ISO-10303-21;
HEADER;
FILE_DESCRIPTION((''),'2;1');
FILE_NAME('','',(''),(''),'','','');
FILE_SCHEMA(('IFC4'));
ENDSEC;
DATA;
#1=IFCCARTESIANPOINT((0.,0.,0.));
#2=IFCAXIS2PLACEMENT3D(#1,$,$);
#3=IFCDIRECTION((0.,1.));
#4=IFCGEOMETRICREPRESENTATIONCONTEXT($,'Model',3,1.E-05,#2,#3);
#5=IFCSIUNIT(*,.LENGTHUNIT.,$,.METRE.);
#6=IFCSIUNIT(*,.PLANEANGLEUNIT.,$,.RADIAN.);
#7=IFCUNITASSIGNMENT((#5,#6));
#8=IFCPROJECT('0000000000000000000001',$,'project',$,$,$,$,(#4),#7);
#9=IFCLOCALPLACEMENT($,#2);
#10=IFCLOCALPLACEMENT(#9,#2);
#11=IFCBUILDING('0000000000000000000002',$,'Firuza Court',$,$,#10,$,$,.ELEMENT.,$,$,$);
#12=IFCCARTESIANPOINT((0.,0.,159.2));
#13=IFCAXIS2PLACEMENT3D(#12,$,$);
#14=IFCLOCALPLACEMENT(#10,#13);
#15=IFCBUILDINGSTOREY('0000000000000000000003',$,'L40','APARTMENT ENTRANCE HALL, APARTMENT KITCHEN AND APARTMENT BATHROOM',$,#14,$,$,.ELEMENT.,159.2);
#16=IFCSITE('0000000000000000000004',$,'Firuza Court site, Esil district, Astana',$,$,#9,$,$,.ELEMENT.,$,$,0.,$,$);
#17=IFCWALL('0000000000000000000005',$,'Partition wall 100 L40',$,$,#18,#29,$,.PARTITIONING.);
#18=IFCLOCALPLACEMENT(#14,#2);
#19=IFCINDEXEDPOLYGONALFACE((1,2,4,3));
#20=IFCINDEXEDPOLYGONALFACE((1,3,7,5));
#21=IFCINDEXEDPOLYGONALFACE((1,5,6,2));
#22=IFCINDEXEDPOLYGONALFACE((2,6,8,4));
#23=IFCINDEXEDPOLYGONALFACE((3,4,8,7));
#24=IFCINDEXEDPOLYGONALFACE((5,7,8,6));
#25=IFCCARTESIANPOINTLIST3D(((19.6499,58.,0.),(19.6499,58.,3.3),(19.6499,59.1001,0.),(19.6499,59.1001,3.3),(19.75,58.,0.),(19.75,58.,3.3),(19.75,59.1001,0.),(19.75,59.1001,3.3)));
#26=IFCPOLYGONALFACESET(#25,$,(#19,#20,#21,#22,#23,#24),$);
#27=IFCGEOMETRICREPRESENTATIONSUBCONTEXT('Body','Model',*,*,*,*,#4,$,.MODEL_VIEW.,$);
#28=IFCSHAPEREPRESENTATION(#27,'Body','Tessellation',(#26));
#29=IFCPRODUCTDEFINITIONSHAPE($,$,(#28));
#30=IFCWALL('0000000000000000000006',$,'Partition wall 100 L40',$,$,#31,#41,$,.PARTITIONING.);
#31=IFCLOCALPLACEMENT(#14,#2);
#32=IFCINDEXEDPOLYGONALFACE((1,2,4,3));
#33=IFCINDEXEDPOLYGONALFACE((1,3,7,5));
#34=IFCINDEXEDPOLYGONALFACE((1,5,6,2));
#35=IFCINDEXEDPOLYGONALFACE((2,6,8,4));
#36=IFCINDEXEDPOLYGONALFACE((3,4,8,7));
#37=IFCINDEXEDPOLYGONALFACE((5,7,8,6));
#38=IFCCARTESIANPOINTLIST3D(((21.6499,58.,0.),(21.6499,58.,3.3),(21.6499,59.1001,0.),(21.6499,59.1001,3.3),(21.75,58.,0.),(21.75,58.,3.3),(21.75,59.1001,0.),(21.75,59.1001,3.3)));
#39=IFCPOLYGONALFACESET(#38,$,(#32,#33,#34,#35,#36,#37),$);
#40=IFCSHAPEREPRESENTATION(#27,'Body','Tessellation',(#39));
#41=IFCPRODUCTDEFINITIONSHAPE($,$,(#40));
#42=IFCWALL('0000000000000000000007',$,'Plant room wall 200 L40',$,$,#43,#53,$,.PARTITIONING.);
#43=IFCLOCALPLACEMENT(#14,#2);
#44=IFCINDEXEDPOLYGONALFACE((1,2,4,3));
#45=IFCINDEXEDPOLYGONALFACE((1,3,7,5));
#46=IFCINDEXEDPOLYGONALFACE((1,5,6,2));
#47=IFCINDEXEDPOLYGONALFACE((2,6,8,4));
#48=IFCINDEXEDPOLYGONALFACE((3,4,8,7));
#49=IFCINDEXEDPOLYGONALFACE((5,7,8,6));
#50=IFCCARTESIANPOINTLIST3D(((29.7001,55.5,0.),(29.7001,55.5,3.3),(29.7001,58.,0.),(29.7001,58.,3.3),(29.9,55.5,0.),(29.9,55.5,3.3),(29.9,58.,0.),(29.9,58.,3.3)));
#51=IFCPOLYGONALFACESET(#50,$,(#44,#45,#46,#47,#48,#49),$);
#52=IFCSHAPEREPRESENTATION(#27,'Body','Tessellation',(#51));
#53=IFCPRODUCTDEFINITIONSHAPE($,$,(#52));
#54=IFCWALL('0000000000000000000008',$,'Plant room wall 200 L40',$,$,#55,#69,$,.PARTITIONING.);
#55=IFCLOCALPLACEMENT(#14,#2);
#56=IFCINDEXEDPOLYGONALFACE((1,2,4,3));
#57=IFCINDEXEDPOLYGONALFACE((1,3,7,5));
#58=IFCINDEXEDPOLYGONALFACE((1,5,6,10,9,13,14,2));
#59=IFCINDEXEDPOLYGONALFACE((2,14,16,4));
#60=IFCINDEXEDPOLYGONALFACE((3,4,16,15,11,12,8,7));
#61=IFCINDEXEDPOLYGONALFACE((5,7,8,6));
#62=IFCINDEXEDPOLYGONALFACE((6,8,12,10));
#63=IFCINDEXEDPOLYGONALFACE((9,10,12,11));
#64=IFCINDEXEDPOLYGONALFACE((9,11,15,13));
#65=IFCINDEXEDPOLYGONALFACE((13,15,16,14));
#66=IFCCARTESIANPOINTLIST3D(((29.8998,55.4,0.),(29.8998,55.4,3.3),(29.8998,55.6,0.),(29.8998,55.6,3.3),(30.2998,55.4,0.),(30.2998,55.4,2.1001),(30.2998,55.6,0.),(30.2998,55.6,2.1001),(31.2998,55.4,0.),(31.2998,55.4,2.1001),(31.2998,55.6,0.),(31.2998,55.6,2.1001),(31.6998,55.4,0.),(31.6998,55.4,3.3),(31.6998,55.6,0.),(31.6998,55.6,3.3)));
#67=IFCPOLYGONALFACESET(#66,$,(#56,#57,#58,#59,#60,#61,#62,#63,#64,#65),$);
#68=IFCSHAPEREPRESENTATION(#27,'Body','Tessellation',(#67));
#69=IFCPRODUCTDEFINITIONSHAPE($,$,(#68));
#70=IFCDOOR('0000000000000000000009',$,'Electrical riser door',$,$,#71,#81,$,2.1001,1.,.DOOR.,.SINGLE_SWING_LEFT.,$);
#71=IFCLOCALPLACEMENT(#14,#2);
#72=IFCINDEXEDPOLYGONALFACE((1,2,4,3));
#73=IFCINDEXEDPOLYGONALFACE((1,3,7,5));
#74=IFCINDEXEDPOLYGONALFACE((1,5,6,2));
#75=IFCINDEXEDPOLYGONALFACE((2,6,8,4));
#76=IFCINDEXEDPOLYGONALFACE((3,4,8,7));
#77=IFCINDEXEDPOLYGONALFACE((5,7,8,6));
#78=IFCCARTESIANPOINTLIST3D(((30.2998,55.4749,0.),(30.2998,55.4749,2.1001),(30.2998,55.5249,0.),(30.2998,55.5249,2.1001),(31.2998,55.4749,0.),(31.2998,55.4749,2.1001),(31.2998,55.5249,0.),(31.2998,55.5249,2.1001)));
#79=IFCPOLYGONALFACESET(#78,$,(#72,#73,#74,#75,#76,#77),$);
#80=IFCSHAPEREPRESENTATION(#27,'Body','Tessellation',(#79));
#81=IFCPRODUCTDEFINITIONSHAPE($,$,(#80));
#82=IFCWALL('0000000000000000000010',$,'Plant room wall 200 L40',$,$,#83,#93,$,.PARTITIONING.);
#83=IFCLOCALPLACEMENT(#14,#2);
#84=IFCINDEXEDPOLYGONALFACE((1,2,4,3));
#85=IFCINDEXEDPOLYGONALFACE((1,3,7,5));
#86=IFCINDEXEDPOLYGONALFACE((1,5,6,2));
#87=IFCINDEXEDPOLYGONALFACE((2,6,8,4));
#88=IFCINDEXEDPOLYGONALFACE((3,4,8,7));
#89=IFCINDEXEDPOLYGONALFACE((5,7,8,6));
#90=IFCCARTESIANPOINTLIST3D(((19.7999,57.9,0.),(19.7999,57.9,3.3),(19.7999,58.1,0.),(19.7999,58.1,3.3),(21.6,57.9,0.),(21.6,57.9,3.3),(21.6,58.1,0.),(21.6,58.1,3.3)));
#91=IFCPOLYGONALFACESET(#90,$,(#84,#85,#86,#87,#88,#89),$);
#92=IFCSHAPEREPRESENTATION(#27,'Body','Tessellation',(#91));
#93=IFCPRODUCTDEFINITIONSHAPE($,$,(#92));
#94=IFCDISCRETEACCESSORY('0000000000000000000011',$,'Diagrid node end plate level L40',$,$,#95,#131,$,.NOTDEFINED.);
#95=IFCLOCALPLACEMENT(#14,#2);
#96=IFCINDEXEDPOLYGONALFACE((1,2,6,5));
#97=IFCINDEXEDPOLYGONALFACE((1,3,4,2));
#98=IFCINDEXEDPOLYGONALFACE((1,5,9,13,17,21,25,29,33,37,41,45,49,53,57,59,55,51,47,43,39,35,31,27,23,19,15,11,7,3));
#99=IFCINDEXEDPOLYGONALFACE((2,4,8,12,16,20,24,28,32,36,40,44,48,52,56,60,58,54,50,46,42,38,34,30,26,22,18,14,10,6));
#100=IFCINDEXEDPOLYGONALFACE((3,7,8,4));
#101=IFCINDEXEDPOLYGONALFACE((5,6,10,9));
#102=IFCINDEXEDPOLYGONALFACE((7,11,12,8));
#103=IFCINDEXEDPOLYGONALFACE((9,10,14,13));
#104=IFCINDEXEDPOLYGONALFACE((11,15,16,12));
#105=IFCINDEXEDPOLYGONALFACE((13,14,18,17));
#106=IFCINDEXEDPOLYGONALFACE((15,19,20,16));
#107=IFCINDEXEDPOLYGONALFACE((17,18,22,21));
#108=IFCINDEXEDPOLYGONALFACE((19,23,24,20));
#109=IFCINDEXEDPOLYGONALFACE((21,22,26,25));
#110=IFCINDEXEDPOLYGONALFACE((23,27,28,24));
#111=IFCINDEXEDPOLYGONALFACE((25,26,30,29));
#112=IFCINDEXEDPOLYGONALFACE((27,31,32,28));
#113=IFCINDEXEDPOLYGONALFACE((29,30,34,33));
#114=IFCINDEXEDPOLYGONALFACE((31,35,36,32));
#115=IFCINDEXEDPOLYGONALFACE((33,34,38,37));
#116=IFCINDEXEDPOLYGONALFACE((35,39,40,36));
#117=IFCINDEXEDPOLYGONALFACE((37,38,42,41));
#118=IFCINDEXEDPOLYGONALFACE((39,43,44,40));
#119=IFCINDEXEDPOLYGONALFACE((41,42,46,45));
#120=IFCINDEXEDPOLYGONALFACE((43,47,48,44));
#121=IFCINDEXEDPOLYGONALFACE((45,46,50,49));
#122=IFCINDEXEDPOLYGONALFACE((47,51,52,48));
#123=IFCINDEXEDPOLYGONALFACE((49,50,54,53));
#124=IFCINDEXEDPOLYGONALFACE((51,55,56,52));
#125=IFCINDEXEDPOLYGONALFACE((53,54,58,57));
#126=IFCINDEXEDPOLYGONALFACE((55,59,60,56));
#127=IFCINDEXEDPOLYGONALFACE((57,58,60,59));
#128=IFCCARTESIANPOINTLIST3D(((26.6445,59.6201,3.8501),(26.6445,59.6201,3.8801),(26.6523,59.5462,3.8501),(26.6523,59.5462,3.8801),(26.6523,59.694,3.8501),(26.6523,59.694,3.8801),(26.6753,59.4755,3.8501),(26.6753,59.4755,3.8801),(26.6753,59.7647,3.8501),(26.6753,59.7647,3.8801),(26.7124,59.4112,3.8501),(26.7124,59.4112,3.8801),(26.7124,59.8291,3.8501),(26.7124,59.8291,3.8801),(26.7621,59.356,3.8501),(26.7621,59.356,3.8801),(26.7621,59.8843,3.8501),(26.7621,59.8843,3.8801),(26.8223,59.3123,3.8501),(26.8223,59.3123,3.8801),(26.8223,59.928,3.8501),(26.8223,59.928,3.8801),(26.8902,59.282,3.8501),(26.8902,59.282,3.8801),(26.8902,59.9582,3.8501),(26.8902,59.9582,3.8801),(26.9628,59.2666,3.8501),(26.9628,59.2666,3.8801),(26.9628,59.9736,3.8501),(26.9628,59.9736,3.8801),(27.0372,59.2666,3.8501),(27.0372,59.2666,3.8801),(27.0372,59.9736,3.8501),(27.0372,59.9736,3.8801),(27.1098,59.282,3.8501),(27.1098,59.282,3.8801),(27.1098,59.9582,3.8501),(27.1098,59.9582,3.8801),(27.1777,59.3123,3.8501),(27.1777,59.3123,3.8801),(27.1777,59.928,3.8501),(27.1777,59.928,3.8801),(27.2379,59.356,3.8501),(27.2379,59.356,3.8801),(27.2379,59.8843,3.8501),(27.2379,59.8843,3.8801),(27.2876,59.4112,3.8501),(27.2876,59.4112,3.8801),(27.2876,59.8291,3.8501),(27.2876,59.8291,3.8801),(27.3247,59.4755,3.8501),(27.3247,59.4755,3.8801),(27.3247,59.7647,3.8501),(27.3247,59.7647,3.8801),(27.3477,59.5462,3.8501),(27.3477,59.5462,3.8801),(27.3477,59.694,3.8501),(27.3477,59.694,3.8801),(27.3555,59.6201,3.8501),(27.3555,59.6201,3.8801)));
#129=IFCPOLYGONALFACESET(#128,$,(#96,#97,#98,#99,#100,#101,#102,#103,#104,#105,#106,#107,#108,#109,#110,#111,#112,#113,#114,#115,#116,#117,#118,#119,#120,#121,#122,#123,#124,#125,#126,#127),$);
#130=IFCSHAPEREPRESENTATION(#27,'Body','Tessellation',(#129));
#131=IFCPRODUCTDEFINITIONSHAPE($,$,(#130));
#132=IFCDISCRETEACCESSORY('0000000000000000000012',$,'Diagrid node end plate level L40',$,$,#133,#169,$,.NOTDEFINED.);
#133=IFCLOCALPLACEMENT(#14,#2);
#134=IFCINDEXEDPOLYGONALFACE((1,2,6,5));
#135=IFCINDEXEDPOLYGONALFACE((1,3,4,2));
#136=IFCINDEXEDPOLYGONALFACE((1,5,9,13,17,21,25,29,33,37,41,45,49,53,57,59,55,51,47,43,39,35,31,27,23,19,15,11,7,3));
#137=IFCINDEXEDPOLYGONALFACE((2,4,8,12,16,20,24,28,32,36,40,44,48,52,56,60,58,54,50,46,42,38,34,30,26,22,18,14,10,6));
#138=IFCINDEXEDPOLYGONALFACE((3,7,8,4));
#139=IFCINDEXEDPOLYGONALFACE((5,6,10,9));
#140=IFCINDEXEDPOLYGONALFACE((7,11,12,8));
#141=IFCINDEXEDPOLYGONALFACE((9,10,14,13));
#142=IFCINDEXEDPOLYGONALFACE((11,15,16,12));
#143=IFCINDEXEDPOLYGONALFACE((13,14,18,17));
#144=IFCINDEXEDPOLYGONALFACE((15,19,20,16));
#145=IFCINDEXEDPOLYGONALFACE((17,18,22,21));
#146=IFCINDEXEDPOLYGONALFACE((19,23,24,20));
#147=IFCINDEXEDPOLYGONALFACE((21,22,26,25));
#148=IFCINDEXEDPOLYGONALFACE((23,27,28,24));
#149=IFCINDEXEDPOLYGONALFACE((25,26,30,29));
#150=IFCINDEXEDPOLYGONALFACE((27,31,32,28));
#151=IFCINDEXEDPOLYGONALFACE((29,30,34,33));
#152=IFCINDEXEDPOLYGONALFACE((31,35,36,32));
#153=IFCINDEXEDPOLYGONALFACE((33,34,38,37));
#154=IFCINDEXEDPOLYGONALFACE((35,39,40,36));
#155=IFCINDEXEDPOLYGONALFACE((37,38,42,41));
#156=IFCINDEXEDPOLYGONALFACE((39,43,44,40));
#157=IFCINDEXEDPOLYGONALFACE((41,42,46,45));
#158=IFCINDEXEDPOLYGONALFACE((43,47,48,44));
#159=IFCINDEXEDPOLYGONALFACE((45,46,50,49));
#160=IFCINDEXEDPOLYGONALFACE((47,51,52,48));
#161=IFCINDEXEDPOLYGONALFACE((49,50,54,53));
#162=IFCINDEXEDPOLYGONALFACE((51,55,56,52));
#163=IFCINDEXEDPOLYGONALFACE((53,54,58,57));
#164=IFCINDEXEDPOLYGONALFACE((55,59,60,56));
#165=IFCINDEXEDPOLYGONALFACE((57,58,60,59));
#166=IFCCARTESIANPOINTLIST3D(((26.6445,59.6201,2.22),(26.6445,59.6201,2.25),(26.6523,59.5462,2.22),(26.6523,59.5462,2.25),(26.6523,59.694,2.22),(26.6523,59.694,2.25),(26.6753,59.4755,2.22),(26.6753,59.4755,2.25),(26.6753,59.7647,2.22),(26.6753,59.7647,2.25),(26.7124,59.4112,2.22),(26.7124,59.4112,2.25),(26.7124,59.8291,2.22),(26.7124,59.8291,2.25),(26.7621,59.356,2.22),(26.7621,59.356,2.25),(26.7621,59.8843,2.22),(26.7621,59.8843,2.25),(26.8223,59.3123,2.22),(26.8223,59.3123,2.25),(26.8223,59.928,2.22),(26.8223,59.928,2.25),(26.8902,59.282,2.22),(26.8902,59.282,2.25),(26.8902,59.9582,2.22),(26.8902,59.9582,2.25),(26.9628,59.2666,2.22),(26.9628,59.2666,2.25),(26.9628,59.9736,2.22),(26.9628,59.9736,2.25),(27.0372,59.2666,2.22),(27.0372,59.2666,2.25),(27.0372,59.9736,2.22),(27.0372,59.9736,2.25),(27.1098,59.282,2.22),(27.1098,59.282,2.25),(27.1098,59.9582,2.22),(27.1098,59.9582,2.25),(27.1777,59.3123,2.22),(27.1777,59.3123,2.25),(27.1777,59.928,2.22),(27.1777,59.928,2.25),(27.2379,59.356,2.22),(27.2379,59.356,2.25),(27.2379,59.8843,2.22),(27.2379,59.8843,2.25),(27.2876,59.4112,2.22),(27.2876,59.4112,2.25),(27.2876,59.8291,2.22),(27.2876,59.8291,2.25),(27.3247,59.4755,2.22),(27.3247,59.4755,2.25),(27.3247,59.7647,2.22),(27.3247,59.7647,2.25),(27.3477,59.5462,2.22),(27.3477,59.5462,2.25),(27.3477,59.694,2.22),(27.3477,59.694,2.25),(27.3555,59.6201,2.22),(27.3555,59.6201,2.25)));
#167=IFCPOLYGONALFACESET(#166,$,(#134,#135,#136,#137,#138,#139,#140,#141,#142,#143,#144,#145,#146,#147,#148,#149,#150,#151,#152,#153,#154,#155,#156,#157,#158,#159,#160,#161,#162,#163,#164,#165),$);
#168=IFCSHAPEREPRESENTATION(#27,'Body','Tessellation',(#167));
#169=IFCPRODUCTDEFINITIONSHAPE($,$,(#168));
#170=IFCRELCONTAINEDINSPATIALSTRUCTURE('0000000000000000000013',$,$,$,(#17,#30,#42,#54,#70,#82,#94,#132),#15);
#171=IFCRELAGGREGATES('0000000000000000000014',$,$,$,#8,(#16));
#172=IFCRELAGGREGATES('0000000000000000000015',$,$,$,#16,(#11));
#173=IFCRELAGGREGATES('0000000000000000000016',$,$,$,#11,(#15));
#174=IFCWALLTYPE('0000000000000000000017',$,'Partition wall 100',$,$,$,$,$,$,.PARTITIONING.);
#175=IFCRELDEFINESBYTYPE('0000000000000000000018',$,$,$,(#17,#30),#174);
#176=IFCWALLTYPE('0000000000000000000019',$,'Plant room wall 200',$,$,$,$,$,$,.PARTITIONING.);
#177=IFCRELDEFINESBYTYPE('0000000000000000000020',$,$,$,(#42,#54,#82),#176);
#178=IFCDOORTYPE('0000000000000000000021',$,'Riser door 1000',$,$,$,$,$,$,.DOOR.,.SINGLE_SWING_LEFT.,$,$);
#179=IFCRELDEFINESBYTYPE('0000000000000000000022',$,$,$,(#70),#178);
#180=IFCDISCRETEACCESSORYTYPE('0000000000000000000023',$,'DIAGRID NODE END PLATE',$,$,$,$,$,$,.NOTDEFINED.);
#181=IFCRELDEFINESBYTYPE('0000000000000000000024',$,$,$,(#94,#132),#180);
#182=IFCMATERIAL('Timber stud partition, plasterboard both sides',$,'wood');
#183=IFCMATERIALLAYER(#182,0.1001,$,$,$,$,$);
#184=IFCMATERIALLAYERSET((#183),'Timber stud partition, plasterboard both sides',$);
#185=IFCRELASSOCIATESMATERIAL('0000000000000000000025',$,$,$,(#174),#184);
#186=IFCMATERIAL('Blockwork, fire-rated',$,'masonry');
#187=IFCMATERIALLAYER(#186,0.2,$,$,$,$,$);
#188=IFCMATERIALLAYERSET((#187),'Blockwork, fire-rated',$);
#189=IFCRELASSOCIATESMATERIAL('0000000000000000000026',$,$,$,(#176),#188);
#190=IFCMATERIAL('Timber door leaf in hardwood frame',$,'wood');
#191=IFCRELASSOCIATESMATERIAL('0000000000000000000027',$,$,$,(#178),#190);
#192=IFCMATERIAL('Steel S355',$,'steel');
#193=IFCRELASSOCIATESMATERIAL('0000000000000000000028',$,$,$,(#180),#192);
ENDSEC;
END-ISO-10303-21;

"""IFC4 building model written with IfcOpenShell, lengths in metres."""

from ifc_helpers import new_model, si_unit, direction, frame, frame_2d, origin, origin_2d, place, context, subcontext, project, spatial, rectangle, circle, extrude, material, layer, layer_set, material_profile, profile_set, type_object, element, fill, save


model = new_model("IFC4")

# Units and contexts
model_context = context("Model", 3, precision=1e-05, world=origin(), true_north=direction((0.0, 1.0)))
body_context = subcontext(model_context, "Body", "Model", "MODEL_VIEW")
ifc_project = project(units=[si_unit("LENGTHUNIT", "METRE"), si_unit("PLANEANGLEUNIT", "RADIAN")], contexts=[model_context])

# Site, building, storey
site_placement = place(None, origin())
site = spatial("IfcSite", under=ifc_project, at=site_placement, Name="Firuza Court site, Esil district, Astana", CompositionType="ELEMENT", RefElevation=0.0)
building_placement = place(site_placement, origin())
building = spatial("IfcBuilding", under=site, at=building_placement, Name="Firuza Court", CompositionType="ELEMENT")
storey_placement = place(building_placement, frame((0.0, 0.0, 159.2)))
storey = spatial("IfcBuildingStorey", under=building, at=storey_placement, Name="L40", Description="APARTMENT ENTRANCE HALL, APARTMENT KITCHEN AND APARTMENT BATHROOM", CompositionType="ELEMENT", Elevation=159.2)

# Walls
ifc_material_1 = material(Name="Timber stud partition, plasterboard both sides", Category="wood")
ifc_layer_1 = layer(ifc_material_1, 0.1001)
ifc_layer_set_1 = layer_set([ifc_layer_1], Name="Timber stud partition, plasterboard both sides")
wall_type_1 = type_object("IfcWallType", Name="Partition wall 100", PredefinedType="PARTITIONING", material=ifc_layer_set_1)
for number, where, z_axis, x_axis, name in (
    (1, (19.7, 58.0, 0.0), (0.0, 0.0, 1.0), (0.0, 1.0, 0.0), "Partition wall 100 L40"),
    (2, (21.7, 58.0, 0.0), (0.0, 0.0, 1.0), (0.0, 1.0, 0.0), "Partition wall 100 L40"),
):
    element("IfcWall", number, at=place(storey_placement, frame(where, z_axis=z_axis, x_axis=x_axis)), inside=storey, type_object=wall_type_1, Name=name, PredefinedType="PARTITIONING", context=body_context, shape_type="SweptSolid", body=[
        extrude(rectangle(XDim=1.1001, YDim=0.1001, at=frame_2d((0.55, 0.0))), origin(), (0.0, 0.0, 1.0), 3.3),
    ])
ifc_material_2 = material(Name="Blockwork, fire-rated", Category="masonry")
ifc_layer_2 = layer(ifc_material_2, 0.2)
ifc_layer_set_2 = layer_set([ifc_layer_2], Name="Blockwork, fire-rated")
wall_type_2 = type_object("IfcWallType", Name="Plant room wall 200", PredefinedType="PARTITIONING", material=ifc_layer_set_2)
wall_1_placement = place(storey_placement, frame((29.8, 55.5, 0.0), z_axis=(0.0, 0.0, 1.0), x_axis=(0.0, 1.0, 0.0)))
element("IfcWall", 3, at=wall_1_placement, inside=storey, type_object=wall_type_2, Name="Plant room wall 200 L40", PredefinedType="PARTITIONING", context=body_context, shape_type="SweptSolid", body=[
    extrude(rectangle(XDim=2.5, YDim=0.2, at=frame_2d((1.25, 0.0))), origin(), (0.0, 0.0, 1.0), 3.3),
])

# Wall, opening, door
wall_2_placement = place(storey_placement, frame((29.8999, 55.5, 0.0), z_axis=(0.0, 0.0, 1.0), x_axis=(1.0, 0.0, 0.0)))
wall_2 = element("IfcWall", 4, at=wall_2_placement, inside=storey, type_object=wall_type_2, Name="Plant room wall 200 L40", PredefinedType="PARTITIONING", context=body_context, shape_type="SweptSolid", body=[
    extrude(rectangle(XDim=1.8, YDim=0.2, at=frame_2d((0.8999, 0.0))), origin(), (0.0, 0.0, 1.0), 3.3),
])
opening_placement = place(wall_2_placement, frame((0.3999, 0.0, 0.0)))
opening = element("IfcOpeningElement", 5, at=opening_placement, cuts=wall_2, PredefinedType="OPENING", context=body_context, shape_type="SweptSolid", body=[
    extrude(rectangle(XDim=1.0, YDim=2.1001, at=frame_2d((0.5, 1.05))), frame((0.0, 0.1118, 0.0), z_axis=(0.0, -1.0, 0.0), x_axis=(1.0, 0.0, 0.0)), (0.0, 0.0, 1.0), 0.2239),
])
ifc_material_3 = material(Name="Timber door leaf in hardwood frame", Category="wood")
door_type = type_object("IfcDoorType", Name="Riser door 1000", OperationType="SINGLE_SWING_LEFT", PredefinedType="DOOR", material=ifc_material_3)
door_placement = place(opening_placement, origin())
door = element("IfcDoor", 6, at=door_placement, inside=storey, type_object=door_type, Name="Electrical riser door", OperationType="SINGLE_SWING_LEFT", OverallHeight=2.1001, OverallWidth=1.0, PredefinedType="DOOR", context=body_context, shape_type="SweptSolid", body=[
    extrude(rectangle(XDim=1.0, YDim=2.1001, at=frame_2d((0.5, 1.05))), frame((0.0, 0.0249, 0.0), z_axis=(0.0, -1.0, 0.0), x_axis=(1.0, 0.0, 0.0)), (0.0, 0.0, 1.0), 0.05),
])
fill(opening, door)

# Wall
wall_3_placement = place(storey_placement, frame((19.8, 58.0, 0.0), z_axis=(0.0, 0.0, 1.0), x_axis=(1.0, 0.0, 0.0)))
element("IfcWall", 7, at=wall_3_placement, inside=storey, type_object=wall_type_2, Name="Plant room wall 200 L40", PredefinedType="PARTITIONING", context=body_context, shape_type="SweptSolid", body=[
    extrude(rectangle(XDim=1.8, YDim=0.2, at=frame_2d((0.8999, 0.0))), origin(), (0.0, 0.0, 1.0), 3.3),
])

# Discrete accessories
ifc_material_4 = material(Name="Steel S355", Category="steel")
ifc_material_profile_1 = material_profile(ifc_material_4, circle(Radius=0.3555, at=origin_2d()), Name="PL D711")
ifc_profile_set_1 = profile_set([ifc_material_profile_1], Name="Steel S355")
discrete_accessory_type = type_object("IfcDiscreteAccessoryType", Name="DIAGRID NODE END PLATE", PredefinedType="NOTDEFINED", material=ifc_profile_set_1)
for number, where, z_axis, x_axis, name in (
    (8, (27.0, 59.6201, 3.8501), (0.0, 0.0, 1.0), (1.0, 0.0, 0.0), "Diagrid node end plate level L40"),
    (9, (27.0, 59.6201, 2.22), (0.0, 0.0, 1.0), (1.0, 0.0, 0.0), "Diagrid node end plate level L40"),
):
    element("IfcDiscreteAccessory", number, at=place(storey_placement, frame(where, z_axis=z_axis, x_axis=x_axis)), inside=storey, type_object=discrete_accessory_type, Name=name, PredefinedType="NOTDEFINED", context=body_context, shape_type="SweptSolid", body=[
        extrude(circle(Radius=0.3555, at=origin_2d()), origin(), (0.0, 0.0, 1.0), 0.03),
    ])

save(model, "model.ifc")
